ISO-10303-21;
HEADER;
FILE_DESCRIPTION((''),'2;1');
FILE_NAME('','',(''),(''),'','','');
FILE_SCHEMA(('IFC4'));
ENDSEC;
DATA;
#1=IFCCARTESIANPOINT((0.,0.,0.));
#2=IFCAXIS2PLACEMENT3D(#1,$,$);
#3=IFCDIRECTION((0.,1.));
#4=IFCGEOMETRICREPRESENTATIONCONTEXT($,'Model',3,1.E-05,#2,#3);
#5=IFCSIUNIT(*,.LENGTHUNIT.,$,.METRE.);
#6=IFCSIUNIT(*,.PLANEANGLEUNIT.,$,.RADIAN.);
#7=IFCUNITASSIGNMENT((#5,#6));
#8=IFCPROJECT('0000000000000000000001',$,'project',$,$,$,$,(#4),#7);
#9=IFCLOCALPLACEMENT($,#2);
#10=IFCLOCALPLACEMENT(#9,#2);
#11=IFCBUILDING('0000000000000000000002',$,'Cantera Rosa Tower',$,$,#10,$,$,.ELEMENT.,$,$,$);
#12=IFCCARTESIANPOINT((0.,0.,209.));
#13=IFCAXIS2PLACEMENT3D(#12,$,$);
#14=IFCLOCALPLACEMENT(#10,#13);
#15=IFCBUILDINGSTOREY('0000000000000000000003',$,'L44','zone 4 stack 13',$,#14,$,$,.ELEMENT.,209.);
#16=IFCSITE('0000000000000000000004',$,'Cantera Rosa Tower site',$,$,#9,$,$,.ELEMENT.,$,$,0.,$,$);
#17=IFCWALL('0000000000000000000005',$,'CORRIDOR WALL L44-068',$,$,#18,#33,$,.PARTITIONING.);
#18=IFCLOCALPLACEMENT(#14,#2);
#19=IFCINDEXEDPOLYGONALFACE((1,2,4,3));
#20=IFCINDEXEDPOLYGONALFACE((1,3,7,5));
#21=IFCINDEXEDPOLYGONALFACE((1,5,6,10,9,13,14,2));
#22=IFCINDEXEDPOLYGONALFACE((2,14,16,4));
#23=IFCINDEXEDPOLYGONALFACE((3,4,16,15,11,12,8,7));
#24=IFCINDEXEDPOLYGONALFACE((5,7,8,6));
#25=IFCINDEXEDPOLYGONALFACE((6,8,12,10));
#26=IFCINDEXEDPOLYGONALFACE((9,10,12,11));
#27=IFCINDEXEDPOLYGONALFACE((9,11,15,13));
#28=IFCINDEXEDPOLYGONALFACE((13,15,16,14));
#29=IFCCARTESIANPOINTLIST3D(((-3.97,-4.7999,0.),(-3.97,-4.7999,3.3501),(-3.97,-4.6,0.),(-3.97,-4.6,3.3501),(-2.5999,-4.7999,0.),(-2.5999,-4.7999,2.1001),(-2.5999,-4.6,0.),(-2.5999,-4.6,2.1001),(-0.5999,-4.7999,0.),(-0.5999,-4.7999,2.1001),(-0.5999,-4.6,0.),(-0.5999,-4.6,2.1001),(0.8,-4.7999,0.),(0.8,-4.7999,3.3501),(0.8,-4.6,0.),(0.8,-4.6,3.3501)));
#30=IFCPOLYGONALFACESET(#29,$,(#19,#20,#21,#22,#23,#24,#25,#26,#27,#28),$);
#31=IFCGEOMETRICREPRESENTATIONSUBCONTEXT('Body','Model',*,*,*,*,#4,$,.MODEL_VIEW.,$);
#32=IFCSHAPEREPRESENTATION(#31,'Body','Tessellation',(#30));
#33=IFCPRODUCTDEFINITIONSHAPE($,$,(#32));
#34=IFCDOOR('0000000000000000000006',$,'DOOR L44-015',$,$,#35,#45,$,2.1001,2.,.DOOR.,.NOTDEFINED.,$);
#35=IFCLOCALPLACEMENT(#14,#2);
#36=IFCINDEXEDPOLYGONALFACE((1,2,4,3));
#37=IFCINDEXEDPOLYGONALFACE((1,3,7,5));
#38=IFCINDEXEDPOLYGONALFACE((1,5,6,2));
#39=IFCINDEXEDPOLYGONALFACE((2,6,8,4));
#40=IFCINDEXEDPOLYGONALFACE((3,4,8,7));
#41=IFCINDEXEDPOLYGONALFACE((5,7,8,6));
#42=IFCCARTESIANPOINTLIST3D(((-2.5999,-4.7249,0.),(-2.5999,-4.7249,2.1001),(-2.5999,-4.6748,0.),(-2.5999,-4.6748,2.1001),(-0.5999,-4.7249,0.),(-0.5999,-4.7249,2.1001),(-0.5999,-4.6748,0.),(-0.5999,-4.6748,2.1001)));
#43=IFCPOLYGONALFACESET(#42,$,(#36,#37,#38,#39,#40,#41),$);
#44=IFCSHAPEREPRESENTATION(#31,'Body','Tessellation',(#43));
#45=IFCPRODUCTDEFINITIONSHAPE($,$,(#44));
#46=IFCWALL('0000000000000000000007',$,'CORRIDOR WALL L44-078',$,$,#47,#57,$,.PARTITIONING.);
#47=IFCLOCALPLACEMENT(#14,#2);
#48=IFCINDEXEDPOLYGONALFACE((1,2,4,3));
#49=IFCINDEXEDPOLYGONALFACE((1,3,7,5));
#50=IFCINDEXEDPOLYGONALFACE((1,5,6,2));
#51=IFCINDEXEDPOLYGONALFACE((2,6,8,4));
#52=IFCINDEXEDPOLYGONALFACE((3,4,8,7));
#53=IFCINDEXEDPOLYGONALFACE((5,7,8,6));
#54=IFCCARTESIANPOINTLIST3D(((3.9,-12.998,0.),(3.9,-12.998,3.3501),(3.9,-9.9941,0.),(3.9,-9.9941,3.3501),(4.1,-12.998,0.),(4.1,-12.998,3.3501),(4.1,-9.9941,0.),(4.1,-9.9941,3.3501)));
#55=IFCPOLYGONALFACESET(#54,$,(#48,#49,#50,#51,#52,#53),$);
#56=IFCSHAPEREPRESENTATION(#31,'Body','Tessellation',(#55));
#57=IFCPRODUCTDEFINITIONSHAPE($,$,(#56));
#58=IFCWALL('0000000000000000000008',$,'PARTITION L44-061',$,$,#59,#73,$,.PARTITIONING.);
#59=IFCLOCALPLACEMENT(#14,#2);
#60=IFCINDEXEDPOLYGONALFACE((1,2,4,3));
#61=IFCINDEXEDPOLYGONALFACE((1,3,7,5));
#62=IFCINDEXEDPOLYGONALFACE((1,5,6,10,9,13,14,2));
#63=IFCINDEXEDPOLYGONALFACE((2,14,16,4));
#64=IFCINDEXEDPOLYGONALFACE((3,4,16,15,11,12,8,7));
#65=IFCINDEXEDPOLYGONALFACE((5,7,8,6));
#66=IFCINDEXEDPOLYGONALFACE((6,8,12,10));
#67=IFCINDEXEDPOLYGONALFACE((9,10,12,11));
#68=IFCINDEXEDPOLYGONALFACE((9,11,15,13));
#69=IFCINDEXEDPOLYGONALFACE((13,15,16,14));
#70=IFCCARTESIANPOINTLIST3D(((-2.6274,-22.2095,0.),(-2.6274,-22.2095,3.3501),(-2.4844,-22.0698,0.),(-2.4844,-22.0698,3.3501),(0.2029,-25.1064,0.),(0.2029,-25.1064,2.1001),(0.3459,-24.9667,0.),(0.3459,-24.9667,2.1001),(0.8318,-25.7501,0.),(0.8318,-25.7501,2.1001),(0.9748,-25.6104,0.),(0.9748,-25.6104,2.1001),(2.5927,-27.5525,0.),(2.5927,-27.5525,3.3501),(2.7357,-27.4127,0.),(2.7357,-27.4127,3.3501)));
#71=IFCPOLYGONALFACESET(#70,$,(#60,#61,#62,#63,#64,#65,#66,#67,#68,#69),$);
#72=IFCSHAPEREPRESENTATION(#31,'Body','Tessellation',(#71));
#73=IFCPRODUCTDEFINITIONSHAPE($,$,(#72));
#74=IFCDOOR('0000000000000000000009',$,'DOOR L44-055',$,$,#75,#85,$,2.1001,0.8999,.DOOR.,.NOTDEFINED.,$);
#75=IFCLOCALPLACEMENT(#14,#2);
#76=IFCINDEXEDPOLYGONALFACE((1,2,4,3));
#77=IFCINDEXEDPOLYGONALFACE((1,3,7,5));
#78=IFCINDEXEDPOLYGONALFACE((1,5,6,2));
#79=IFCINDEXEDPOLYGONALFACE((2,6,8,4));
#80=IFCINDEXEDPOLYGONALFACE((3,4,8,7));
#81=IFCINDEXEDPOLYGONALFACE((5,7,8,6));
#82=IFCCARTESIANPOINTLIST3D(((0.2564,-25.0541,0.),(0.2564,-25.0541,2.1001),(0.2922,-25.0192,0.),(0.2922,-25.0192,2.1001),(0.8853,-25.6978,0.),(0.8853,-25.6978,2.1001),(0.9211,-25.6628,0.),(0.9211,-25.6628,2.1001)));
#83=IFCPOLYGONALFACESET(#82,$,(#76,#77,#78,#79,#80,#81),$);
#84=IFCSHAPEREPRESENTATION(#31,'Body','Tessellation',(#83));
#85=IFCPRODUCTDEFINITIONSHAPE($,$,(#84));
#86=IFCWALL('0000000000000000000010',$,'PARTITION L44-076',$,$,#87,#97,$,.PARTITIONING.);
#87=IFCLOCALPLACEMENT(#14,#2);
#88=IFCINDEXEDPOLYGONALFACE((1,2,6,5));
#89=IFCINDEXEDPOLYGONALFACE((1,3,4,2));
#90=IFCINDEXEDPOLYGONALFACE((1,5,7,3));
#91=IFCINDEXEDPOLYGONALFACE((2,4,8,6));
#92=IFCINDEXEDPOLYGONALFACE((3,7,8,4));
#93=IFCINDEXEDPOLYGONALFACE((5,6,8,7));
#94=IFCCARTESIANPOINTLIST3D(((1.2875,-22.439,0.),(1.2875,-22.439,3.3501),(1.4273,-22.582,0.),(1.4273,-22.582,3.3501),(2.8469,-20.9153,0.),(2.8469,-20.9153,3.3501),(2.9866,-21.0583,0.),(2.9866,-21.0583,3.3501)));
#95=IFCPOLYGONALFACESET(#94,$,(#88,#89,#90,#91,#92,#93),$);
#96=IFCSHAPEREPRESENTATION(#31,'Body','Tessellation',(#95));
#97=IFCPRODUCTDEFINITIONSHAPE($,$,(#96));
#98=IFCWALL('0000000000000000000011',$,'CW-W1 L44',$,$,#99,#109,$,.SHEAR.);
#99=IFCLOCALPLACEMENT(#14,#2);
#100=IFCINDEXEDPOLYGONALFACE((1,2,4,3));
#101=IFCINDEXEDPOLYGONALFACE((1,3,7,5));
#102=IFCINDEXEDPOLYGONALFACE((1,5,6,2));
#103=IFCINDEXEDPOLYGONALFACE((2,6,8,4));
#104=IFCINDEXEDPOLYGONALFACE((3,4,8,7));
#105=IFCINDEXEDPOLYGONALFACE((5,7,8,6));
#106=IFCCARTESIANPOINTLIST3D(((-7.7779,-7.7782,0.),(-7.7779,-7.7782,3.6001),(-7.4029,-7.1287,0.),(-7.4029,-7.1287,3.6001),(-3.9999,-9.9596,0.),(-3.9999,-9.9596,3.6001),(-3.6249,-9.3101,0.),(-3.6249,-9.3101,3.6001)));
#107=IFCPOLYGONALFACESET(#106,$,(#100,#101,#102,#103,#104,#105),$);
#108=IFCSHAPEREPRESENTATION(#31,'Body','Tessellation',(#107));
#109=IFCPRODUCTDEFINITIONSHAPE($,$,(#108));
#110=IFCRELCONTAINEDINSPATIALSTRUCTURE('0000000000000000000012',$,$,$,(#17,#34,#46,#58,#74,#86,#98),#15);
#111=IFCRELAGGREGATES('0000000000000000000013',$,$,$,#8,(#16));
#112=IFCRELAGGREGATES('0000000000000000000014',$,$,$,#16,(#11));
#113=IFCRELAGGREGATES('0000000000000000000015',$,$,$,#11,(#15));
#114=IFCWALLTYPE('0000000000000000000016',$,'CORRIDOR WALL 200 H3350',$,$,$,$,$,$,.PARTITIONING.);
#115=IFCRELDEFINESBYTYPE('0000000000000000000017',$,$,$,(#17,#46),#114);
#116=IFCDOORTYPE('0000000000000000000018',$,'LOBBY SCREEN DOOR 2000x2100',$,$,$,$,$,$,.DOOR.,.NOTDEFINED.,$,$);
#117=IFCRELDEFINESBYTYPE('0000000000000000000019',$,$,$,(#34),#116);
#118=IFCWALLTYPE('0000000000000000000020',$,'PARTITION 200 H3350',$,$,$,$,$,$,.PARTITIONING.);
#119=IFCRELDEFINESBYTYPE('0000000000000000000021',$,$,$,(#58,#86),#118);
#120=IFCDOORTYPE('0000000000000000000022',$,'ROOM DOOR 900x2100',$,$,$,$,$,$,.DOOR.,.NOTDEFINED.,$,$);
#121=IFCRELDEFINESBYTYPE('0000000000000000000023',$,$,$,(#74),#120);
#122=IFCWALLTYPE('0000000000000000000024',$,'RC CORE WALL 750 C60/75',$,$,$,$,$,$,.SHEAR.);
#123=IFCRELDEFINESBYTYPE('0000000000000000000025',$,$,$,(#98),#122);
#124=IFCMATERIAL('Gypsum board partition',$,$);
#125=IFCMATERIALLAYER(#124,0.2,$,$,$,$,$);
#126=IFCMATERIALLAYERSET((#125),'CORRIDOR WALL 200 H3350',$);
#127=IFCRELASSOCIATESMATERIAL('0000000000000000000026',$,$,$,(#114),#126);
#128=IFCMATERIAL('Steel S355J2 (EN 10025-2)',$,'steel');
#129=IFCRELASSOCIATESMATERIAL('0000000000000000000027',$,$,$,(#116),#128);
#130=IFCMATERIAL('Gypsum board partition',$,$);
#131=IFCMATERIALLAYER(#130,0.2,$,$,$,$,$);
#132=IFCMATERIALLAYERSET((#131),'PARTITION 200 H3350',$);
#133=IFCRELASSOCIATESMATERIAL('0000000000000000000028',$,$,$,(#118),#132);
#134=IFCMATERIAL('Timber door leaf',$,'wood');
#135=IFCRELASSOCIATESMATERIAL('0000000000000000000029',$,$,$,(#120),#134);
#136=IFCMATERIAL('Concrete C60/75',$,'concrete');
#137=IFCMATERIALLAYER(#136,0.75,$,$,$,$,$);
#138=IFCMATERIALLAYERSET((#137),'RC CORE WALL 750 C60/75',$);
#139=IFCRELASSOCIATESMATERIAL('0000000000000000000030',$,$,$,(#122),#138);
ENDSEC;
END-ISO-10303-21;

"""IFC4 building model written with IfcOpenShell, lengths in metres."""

from ifc_helpers import new_model, si_unit, direction, frame, frame_2d, origin, place, context, subcontext, project, spatial, rectangle, extrude, material, layer, layer_set, type_object, element, fill, save


model = new_model("IFC4")

# Units and contexts
model_context = context("Model", 3, precision=1e-05, world=origin(), true_north=direction((0.0, 1.0)))
body_context = subcontext(model_context, "Body", "Model", "MODEL_VIEW")
ifc_project = project(units=[si_unit("LENGTHUNIT", "METRE"), si_unit("PLANEANGLEUNIT", "RADIAN")], contexts=[model_context])

# Site, building, storey
site_placement = place(None, origin())
site = spatial("IfcSite", under=ifc_project, at=site_placement, Name="Cantera Rosa Tower site", CompositionType="ELEMENT", RefElevation=0.0)
building_placement = place(site_placement, origin())
building = spatial("IfcBuilding", under=site, at=building_placement, Name="Cantera Rosa Tower", CompositionType="ELEMENT")
storey_placement = place(building_placement, frame((0.0, 0.0, 209.0)))
storey = spatial("IfcBuildingStorey", under=building, at=storey_placement, Name="L44", Description="zone 4 stack 13", CompositionType="ELEMENT", Elevation=209.0)

# Shared definitions
ifc_material_1 = material(Name="Gypsum board partition")
ifc_layer_1 = layer(ifc_material_1, 0.2)
ifc_layer_set_1 = layer_set([ifc_layer_1], Name="CORRIDOR WALL 200 H3350")
wall_type_1 = type_object("IfcWallType", Name="CORRIDOR WALL 200 H3350", PredefinedType="PARTITIONING", material=ifc_layer_set_1)

# Shared definitions
ifc_material_2 = material(Name="Steel S355J2 (EN 10025-2)", Category="steel")
door_type_1 = type_object("IfcDoorType", Name="LOBBY SCREEN DOOR 2000x2100", OperationType="NOTDEFINED", PredefinedType="DOOR", material=ifc_material_2)

# Wall, opening, door
wall_1_placement = place(storey_placement, frame((0.8, -4.7, 0.0), z_axis=(0.0, 0.0, 1.0), x_axis=(-1.0, 0.0, 0.0)))
wall_1 = element("IfcWall", 1, at=wall_1_placement, inside=storey, type_object=wall_type_1, Name="CORRIDOR WALL L44-068", PredefinedType="PARTITIONING", context=body_context, shape_type="SweptSolid", body=[
    extrude(rectangle(XDim=4.77, YDim=0.2, at=frame_2d((2.385, 0.0))), origin(), (0.0, 0.0, 1.0), 3.3501),
])
opening_1_placement = place(wall_1_placement, frame((1.3999, 0.0, 0.0)))
opening_1 = element("IfcOpeningElement", 2, at=opening_1_placement, cuts=wall_1, PredefinedType="OPENING", context=body_context, shape_type="SweptSolid", body=[
    extrude(rectangle(XDim=2.0, YDim=2.1001, at=frame_2d((1.0, 1.05))), frame((0.0, 0.1099, 0.0), z_axis=(0.0, -1.0, 0.0), x_axis=(1.0, 0.0, 0.0)), (0.0, 0.0, 1.0), 0.22),
])
door_1_placement = place(opening_1_placement, origin())
door_1 = element("IfcDoor", 3, at=door_1_placement, inside=storey, type_object=door_type_1, Name="DOOR L44-015", OperationType="NOTDEFINED", OverallHeight=2.1001, OverallWidth=2.0, PredefinedType="DOOR", context=body_context, shape_type="SweptSolid", body=[
    extrude(rectangle(XDim=2.0, YDim=2.1001, at=frame_2d((1.0, 1.05))), frame((0.0, 0.0249, 0.0), z_axis=(0.0, -1.0, 0.0), x_axis=(1.0, 0.0, 0.0)), (0.0, 0.0, 1.0), 0.05),
])
fill(opening_1, door_1)

# Wall
wall_2_placement = place(storey_placement, frame((4.0, -12.998, 0.0), z_axis=(0.0, 0.0, 1.0), x_axis=(0.0, 1.0, 0.0)))
element("IfcWall", 4, at=wall_2_placement, inside=storey, type_object=wall_type_1, Name="CORRIDOR WALL L44-078", PredefinedType="PARTITIONING", context=body_context, shape_type="SweptSolid", body=[
    extrude(rectangle(XDim=3.0039, YDim=0.2, at=frame_2d((1.502, 0.0))), origin(), (0.0, 0.0, 1.0), 3.3501),
])

# Wall, opening, door
ifc_material_3 = material(Name="Gypsum board partition")
ifc_layer_2 = layer(ifc_material_3, 0.2)
ifc_layer_set_2 = layer_set([ifc_layer_2], Name="PARTITION 200 H3350")
wall_type_2 = type_object("IfcWallType", Name="PARTITION 200 H3350", PredefinedType="PARTITIONING", material=ifc_layer_set_2)
wall_3_placement = place(storey_placement, frame((-2.5559, -22.1396, 0.0), z_axis=(0.0, 0.0, 1.0), x_axis=(0.698839, -0.715279, 0.0)))
wall_3 = element("IfcWall", 5, at=wall_3_placement, inside=storey, type_object=wall_type_2, Name="PARTITION L44-061", PredefinedType="PARTITIONING", context=body_context, shape_type="SweptSolid", body=[
    extrude(rectangle(XDim=7.4697, YDim=0.2, at=frame_2d((3.7349, 0.0))), origin(), (0.0, 0.0, 1.0), 3.3501),
])
opening_2_placement = place(wall_3_placement, frame((4.05, 0.0, 0.0)))
opening_2 = element("IfcOpeningElement", 6, at=opening_2_placement, cuts=wall_3, PredefinedType="OPENING", context=body_context, shape_type="SweptSolid", body=[
    extrude(rectangle(XDim=0.8999, YDim=2.1001, at=frame_2d((0.45, 1.05))), frame((0.0, 0.1099, 0.0), z_axis=(0.0, -1.0, 0.0), x_axis=(1.0, 0.0, 0.0)), (0.0, 0.0, 1.0), 0.22),
])
ifc_material_4 = material(Name="Timber door leaf", Category="wood")
door_type_2 = type_object("IfcDoorType", Name="ROOM DOOR 900x2100", OperationType="NOTDEFINED", PredefinedType="DOOR", material=ifc_material_4)
door_2_placement = place(opening_2_placement, origin())
door_2 = element("IfcDoor", 7, at=door_2_placement, inside=storey, type_object=door_type_2, Name="DOOR L44-055", OperationType="NOTDEFINED", OverallHeight=2.1001, OverallWidth=0.8999, PredefinedType="DOOR", context=body_context, shape_type="SweptSolid", body=[
    extrude(rectangle(XDim=0.8999, YDim=2.1001, at=frame_2d((0.45, 1.05))), frame((0.0, 0.0249, 0.0), z_axis=(0.0, -1.0, 0.0), x_axis=(1.0, 0.0, 0.0)), (0.0, 0.0, 1.0), 0.05),
])
fill(opening_2, door_2)

# Walls
wall_4_placement = place(storey_placement, frame((2.9167, -20.9868, 0.0), z_axis=(0.0, 0.0, 1.0), x_axis=(-0.715234, -0.698885, 0.0)))
element("IfcWall", 8, at=wall_4_placement, inside=storey, type_object=wall_type_2, Name="PARTITION L44-076", PredefinedType="PARTITIONING", context=body_context, shape_type="SweptSolid", body=[
    extrude(rectangle(XDim=2.1802, YDim=0.2, at=frame_2d((1.0901, 0.0))), origin(), (0.0, 0.0, 1.0), 3.3501),
])
ifc_material_5 = material(Name="Concrete C60/75", Category="concrete")
ifc_layer_3 = layer(ifc_material_5, 0.75)
ifc_layer_set_3 = layer_set([ifc_layer_3], Name="RC CORE WALL 750 C60/75")
wall_type_3 = type_object("IfcWallType", Name="RC CORE WALL 750 C60/75", PredefinedType="SHEAR", material=ifc_layer_set_3)
wall_5_placement = place(storey_placement, frame((-3.8125, -9.6348, 0.0), z_axis=(0.0, 0.0, 1.0), x_axis=(-0.866013, 0.500021, 0.0)))
element("IfcWall", 9, at=wall_5_placement, inside=storey, type_object=wall_type_3, Name="CW-W1 L44", PredefinedType="SHEAR", context=body_context, shape_type="SweptSolid", body=[
    extrude(rectangle(XDim=4.3625, YDim=0.75, at=frame_2d((2.1812, 0.0))), origin(), (0.0, 0.0, 1.0), 3.6001),
])

save(model, "model.ifc")
